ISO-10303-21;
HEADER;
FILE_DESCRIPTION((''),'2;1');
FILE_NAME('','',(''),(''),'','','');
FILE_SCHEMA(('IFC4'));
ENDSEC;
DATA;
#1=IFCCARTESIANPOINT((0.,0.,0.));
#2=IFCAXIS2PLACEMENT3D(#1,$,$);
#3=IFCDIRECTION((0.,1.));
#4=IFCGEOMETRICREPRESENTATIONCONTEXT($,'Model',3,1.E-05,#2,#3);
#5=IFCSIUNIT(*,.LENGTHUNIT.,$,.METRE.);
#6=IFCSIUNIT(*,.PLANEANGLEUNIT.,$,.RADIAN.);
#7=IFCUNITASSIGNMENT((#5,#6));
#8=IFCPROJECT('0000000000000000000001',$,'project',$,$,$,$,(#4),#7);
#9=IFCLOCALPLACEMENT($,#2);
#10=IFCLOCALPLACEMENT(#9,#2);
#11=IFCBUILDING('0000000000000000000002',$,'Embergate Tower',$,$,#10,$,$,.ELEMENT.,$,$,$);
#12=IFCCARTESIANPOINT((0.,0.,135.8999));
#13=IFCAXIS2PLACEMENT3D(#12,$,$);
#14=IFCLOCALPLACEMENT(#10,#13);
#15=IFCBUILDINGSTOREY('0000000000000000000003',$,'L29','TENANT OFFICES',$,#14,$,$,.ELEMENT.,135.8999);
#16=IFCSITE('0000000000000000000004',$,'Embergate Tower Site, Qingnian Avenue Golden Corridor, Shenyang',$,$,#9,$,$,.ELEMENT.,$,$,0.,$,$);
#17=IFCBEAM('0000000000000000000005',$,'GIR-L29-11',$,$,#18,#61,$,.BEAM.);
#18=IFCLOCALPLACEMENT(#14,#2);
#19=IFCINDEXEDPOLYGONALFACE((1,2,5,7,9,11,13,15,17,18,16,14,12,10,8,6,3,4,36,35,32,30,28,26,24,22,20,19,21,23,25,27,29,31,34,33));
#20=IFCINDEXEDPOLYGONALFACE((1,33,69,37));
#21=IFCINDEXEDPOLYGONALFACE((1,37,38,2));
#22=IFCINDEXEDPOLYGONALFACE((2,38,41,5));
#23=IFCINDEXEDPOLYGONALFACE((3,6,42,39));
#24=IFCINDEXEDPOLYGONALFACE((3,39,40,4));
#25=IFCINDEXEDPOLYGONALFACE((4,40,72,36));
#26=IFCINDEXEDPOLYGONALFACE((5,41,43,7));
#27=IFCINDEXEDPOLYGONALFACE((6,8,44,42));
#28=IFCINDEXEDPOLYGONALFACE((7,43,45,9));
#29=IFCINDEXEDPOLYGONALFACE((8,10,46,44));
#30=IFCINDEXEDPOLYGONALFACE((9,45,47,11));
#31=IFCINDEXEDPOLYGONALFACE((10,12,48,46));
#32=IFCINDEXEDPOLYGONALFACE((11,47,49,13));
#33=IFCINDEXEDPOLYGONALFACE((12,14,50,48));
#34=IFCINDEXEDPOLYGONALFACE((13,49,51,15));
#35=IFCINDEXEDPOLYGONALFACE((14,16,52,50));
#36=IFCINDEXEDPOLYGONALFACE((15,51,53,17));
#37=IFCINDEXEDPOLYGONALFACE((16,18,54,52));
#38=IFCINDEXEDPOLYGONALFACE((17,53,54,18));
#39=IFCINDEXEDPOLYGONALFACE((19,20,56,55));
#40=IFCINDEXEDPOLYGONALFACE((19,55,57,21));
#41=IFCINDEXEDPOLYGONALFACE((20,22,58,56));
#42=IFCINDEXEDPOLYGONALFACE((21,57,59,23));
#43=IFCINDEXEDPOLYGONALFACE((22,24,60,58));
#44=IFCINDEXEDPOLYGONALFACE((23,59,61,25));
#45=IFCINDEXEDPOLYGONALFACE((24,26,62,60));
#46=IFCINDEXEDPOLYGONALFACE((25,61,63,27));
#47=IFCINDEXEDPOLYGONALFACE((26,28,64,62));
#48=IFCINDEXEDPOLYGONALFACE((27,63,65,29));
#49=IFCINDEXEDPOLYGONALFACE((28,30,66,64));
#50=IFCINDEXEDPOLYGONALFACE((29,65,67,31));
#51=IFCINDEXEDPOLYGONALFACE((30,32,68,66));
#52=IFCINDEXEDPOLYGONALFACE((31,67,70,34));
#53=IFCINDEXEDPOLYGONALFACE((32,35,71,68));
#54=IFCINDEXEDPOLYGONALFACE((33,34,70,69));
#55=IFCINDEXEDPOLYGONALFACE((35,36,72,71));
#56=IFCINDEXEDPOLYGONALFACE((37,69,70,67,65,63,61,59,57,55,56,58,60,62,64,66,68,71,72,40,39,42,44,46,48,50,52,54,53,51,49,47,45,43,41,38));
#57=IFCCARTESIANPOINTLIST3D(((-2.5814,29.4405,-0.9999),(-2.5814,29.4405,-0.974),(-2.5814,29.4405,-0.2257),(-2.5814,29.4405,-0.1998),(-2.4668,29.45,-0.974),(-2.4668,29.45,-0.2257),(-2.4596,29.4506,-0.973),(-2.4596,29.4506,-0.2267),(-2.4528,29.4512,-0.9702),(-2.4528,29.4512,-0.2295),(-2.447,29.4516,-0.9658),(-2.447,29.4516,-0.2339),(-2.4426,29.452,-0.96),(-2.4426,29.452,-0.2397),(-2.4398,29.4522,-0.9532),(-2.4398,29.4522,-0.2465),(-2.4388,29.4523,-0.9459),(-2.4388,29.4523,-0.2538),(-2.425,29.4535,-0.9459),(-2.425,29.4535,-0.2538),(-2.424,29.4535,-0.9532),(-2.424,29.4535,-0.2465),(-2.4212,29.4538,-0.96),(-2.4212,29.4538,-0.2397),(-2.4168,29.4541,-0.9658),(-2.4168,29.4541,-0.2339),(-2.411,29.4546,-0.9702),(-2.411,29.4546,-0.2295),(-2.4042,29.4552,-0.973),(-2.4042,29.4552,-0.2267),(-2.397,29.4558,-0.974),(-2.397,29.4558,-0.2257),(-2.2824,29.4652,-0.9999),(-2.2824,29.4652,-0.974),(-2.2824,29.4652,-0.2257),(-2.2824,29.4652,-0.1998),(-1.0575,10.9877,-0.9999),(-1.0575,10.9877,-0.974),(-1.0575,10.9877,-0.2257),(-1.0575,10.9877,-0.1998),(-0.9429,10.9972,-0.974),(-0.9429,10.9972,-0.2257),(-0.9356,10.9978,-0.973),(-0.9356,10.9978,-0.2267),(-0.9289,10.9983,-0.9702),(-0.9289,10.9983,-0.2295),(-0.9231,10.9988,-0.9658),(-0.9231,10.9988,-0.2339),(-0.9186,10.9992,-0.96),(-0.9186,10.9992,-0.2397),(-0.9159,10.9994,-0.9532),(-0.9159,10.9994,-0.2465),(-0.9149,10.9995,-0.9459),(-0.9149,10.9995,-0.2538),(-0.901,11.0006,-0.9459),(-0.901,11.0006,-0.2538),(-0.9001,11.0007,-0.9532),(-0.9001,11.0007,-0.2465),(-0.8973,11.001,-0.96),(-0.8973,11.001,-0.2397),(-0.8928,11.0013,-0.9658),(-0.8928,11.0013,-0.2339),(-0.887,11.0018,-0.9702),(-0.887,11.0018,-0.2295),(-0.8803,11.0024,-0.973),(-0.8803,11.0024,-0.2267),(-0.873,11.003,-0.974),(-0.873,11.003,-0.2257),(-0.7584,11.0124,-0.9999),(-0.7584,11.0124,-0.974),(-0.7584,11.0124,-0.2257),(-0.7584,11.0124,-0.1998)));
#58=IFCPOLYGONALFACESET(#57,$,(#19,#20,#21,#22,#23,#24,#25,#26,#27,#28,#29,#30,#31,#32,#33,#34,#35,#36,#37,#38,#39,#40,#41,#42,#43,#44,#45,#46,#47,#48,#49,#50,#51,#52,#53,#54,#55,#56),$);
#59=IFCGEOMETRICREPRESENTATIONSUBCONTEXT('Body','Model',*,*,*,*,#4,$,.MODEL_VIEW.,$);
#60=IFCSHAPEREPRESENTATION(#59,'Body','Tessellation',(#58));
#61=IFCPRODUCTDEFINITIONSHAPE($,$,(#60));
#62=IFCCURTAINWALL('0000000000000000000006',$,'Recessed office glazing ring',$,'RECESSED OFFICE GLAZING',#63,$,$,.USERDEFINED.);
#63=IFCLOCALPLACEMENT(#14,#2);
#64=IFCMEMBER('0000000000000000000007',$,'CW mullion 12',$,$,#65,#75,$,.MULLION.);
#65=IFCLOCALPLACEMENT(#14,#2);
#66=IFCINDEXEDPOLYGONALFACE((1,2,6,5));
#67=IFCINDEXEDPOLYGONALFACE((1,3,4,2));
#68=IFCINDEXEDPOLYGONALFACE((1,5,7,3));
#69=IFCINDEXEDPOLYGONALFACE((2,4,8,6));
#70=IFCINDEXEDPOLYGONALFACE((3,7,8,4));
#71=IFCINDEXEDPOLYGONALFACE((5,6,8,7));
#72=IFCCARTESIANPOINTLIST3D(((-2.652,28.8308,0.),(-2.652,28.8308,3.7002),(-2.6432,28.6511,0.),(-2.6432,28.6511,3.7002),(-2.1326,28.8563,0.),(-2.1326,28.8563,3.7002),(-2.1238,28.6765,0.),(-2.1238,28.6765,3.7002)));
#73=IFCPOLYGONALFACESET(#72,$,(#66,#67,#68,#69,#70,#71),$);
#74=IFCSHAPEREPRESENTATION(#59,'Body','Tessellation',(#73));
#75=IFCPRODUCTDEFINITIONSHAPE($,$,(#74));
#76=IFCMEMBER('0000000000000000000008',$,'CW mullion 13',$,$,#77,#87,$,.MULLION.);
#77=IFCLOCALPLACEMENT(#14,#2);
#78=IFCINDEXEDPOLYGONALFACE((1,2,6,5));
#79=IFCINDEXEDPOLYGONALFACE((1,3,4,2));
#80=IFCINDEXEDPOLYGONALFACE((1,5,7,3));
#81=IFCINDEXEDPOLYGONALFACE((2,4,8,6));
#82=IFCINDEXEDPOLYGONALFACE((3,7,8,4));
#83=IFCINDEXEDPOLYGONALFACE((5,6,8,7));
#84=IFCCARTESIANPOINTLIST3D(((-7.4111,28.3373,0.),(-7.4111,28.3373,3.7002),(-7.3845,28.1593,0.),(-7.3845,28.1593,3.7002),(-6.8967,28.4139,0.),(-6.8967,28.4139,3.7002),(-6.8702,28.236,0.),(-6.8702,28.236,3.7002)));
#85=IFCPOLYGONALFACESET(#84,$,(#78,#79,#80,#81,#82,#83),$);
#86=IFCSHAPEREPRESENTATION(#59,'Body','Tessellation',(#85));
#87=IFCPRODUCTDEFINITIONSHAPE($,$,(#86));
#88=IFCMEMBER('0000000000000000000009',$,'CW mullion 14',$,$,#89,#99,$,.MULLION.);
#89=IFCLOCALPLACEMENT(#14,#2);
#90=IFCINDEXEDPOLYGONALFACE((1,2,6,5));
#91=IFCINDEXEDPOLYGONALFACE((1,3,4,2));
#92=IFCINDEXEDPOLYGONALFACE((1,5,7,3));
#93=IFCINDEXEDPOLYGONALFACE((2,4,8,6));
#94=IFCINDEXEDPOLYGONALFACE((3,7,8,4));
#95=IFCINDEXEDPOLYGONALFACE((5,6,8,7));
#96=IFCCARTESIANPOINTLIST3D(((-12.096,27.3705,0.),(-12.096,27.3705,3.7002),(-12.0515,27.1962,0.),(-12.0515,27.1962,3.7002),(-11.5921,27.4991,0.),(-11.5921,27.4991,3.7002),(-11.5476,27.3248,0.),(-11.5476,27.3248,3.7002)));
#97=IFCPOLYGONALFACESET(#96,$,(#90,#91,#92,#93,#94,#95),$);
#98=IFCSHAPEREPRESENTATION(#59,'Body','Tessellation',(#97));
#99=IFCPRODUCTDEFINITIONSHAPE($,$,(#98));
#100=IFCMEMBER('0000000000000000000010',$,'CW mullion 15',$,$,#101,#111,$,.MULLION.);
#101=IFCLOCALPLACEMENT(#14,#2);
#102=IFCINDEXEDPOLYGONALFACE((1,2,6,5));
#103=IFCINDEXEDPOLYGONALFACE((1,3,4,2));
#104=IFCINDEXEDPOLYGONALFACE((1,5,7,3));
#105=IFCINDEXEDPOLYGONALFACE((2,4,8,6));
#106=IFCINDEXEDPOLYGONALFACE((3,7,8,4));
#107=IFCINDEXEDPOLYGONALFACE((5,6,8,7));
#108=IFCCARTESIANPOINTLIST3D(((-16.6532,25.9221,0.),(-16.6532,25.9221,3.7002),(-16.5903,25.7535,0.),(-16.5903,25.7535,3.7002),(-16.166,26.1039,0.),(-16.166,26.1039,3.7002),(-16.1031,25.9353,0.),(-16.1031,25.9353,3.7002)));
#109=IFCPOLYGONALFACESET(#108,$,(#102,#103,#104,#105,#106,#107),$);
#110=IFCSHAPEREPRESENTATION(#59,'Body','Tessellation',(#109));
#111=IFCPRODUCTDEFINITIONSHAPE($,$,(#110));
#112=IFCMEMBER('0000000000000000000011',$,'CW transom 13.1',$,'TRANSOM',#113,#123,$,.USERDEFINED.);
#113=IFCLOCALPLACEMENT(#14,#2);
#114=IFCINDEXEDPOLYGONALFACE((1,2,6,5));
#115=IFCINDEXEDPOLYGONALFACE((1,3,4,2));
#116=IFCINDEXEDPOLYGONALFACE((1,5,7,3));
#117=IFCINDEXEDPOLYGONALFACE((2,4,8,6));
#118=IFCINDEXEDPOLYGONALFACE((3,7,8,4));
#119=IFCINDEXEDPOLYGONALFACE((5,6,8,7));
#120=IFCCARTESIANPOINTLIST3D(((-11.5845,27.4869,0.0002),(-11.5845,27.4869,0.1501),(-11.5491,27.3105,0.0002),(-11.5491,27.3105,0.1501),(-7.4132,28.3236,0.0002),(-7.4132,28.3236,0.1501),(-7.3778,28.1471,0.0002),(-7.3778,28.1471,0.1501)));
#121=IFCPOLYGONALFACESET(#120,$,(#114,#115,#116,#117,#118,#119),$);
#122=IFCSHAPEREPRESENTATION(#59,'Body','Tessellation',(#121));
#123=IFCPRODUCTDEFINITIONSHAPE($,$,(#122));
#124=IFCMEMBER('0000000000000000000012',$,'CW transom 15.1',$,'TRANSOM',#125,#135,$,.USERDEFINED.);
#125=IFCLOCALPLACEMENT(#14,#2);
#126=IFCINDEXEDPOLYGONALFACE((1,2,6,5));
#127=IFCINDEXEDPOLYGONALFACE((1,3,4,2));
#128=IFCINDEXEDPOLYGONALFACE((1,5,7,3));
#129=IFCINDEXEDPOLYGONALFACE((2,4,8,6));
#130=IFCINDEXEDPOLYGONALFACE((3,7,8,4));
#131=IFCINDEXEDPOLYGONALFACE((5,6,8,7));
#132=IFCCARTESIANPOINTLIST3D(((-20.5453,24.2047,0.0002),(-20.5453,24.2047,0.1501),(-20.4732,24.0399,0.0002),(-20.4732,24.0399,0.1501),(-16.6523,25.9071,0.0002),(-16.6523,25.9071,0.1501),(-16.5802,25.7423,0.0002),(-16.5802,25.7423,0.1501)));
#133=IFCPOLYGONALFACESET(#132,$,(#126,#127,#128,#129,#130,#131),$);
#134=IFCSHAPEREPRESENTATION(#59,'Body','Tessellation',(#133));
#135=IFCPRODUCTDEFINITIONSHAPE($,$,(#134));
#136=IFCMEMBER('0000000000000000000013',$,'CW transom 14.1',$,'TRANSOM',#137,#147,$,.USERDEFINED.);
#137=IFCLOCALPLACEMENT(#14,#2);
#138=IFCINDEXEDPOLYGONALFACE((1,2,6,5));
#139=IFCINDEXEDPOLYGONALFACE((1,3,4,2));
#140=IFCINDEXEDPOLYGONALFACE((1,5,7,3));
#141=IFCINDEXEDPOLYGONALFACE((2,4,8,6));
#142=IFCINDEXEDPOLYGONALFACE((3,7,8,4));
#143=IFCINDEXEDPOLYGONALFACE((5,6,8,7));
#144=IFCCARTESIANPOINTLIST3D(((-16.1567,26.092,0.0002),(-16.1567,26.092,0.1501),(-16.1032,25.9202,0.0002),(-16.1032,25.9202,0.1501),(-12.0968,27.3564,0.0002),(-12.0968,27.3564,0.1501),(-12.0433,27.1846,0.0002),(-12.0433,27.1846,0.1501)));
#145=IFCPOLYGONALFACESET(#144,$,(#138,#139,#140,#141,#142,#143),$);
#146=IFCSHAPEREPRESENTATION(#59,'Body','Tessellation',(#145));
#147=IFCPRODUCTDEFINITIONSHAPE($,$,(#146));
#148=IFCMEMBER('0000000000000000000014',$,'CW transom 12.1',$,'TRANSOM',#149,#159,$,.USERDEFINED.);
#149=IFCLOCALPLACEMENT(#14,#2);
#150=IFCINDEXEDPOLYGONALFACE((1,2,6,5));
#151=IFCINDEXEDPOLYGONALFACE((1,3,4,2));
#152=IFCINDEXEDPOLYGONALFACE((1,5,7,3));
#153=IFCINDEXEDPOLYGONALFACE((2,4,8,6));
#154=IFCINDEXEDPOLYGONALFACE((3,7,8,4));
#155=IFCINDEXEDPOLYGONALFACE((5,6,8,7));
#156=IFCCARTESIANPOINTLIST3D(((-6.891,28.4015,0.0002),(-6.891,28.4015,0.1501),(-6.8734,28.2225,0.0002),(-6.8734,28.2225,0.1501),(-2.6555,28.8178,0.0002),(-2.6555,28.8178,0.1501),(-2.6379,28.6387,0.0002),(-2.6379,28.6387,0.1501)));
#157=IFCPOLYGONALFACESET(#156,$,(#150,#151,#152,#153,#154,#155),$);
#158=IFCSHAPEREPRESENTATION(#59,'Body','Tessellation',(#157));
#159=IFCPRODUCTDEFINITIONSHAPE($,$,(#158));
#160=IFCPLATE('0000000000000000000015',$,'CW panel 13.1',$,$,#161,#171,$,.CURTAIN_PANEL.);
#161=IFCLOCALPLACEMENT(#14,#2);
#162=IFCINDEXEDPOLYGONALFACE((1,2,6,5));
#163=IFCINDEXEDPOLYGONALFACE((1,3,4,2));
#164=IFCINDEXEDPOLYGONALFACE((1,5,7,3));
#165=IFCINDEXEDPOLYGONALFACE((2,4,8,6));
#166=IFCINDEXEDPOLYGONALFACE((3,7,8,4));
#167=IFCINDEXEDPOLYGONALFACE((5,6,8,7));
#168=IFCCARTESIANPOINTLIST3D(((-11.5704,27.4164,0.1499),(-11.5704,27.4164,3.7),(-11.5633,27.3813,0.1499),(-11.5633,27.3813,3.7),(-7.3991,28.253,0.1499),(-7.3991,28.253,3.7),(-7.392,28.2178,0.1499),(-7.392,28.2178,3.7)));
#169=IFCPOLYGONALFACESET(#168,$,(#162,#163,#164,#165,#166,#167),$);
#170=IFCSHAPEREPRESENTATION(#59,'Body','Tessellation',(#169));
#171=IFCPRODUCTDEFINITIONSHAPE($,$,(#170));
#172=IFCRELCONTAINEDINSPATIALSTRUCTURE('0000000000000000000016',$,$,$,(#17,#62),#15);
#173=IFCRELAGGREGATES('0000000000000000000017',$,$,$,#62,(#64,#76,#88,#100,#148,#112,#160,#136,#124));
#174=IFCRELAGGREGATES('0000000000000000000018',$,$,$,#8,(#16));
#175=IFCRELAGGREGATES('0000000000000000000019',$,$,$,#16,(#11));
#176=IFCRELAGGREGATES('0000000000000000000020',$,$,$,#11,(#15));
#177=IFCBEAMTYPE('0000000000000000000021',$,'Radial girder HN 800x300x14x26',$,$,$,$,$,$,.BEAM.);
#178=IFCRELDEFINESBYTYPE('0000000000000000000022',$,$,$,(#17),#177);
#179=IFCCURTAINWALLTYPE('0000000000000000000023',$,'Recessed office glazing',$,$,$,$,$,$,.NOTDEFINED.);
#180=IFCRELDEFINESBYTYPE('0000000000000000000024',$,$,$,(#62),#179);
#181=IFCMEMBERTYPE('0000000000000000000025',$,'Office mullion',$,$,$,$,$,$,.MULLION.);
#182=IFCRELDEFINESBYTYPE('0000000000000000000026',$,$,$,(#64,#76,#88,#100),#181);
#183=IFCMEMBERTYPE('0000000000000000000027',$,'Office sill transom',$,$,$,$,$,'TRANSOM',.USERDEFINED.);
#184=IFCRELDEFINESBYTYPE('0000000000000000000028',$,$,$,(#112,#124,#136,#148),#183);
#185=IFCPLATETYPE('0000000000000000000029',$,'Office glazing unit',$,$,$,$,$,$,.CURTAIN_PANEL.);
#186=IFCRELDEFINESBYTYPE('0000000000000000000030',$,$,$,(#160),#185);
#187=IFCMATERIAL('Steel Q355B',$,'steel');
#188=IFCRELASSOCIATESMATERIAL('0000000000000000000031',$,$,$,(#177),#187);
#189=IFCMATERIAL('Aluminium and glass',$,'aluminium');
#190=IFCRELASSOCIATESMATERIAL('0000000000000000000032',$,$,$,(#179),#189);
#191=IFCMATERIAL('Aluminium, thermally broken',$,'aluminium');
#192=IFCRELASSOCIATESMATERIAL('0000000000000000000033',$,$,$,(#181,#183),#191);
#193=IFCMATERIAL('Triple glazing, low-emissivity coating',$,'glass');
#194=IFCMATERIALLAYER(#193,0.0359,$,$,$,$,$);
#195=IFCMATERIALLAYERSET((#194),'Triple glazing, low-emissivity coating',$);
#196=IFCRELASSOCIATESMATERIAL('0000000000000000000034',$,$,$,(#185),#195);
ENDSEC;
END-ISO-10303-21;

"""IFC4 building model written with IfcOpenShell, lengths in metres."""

from ifc_helpers import new_model, si_unit, direction, frame, origin, origin_2d, place, context, subcontext, project, spatial, rectangle, i_section, extrude, source, transform, mapped, material, layer, layer_set, material_profile, profile_set, type_object, element, aggregate, save


model = new_model("IFC4")

# Units and contexts
model_context = context("Model", 3, precision=1e-05, world=origin(), true_north=direction((0.0, 1.0)))
body_context = subcontext(model_context, "Body", "Model", "MODEL_VIEW")
ifc_project = project(units=[si_unit("LENGTHUNIT", "METRE"), si_unit("PLANEANGLEUNIT", "RADIAN")], contexts=[model_context])

# Site, building, storey
site_placement = place(None, origin())
site = spatial("IfcSite", under=ifc_project, at=site_placement, Name="Embergate Tower Site, Qingnian Avenue Golden Corridor, Shenyang", CompositionType="ELEMENT", RefElevation=0.0)
building_placement = place(site_placement, origin())
building = spatial("IfcBuilding", under=site, at=building_placement, Name="Embergate Tower", CompositionType="ELEMENT")
storey_placement = place(building_placement, frame((0.0, 0.0, 135.8999)))
storey = spatial("IfcBuildingStorey", under=building, at=storey_placement, Name="L29", Description="TENANT OFFICES", CompositionType="ELEMENT", Elevation=135.8999)

# Beam
ifc_material_1 = material(Name="Steel Q355B", Category="steel")
ifc_material_profile_1 = material_profile(ifc_material_1, i_section(OverallWidth=0.3, OverallDepth=0.8, WebThickness=0.0139, FlangeThickness=0.0259, FilletRadius=0.0281, at=origin_2d()), Name="HN 800x300x14x26")
ifc_profile_set_1 = profile_set([ifc_material_profile_1], Name="Steel Q355 grade B")
beam_type_1 = type_object("IfcBeamType", Name="Radial girder HN 800x300x14x26", PredefinedType="BEAM", material=ifc_profile_set_1)
shared_shape_1 = source(origin(), body_context, "Body", "SweptSolid", [
    extrude(i_section(OverallWidth=0.3, OverallDepth=0.8, WebThickness=0.0139, FlangeThickness=0.0259, FilletRadius=0.0281, at=origin_2d()), origin(), (0.0, 0.0, 1.0), 18.5156),
])
beam_1_placement = place(storey_placement, frame((-2.4319, 29.4529, -0.5999), z_axis=(0.082305, -0.996607, 0.0), x_axis=(0.996607, 0.082305, 0.0)))
element("IfcBeam", 1, at=beam_1_placement, inside=storey, type_object=beam_type_1, Name="GIR-L29-11", PredefinedType="BEAM", context=body_context, shape_type="MappedRepresentation", body=[
    mapped(shared_shape_1, transform((0.0, 0.0, 0.0))),
])

# Curtain wall, members, plate
ifc_material_2 = material(Name="Aluminium and glass", Category="aluminium")
curtain_wall_type = type_object("IfcCurtainWallType", Name="Recessed office glazing", PredefinedType="NOTDEFINED", material=ifc_material_2)
curtain_wall_placement = place(storey_placement, origin())
curtain_wall = element("IfcCurtainWall", 2, at=curtain_wall_placement, inside=storey, type_object=curtain_wall_type, Name="Recessed office glazing ring", ObjectType="RECESSED OFFICE GLAZING", PredefinedType="USERDEFINED")
ifc_material_3 = material(Name="Aluminium, thermally broken", Category="aluminium")
ifc_material_profile_2 = material_profile(ifc_material_3, rectangle(XDim=0.1799, YDim=0.52, at=origin_2d()), Name="AL 520x180")
ifc_profile_set_2 = profile_set([ifc_material_profile_2], Name="Aluminium, thermally broken")
member_type_1 = type_object("IfcMemberType", Name="Office mullion", PredefinedType="MULLION", material=ifc_profile_set_2)
shared_shape_2 = source(origin(), body_context, "Body", "SweptSolid", [
    extrude(rectangle(XDim=0.1799, YDim=0.52, at=origin_2d()), origin(), (0.0, 0.0, 1.0), 3.7002),
])
member_1_placement = place(storey_placement, frame((-2.3879, 28.7537, 0.0), z_axis=(0.0, 0.0, 1.0), x_axis=(0.048972, -0.9988, 0.0)))
member_1 = element("IfcMember", 3, at=member_1_placement, type_object=member_type_1, Name="CW mullion 12", PredefinedType="MULLION", context=body_context, shape_type="MappedRepresentation", body=[
    mapped(shared_shape_2, transform((0.0, 0.0, 0.0))),
])
member_2_placement = place(storey_placement, frame((-7.1406, 28.2866, 0.0), z_axis=(0.0, 0.0, 1.0), x_axis=(0.147411, -0.989075, 0.0)))
member_2 = element("IfcMember", 4, at=member_2_placement, type_object=member_type_1, Name="CW mullion 13", PredefinedType="MULLION", context=body_context, shape_type="MappedRepresentation", body=[
    mapped(shared_shape_2, transform((0.0, 0.0, 0.0))),
])
member_3_placement = place(storey_placement, frame((-11.8218, 27.3477, 0.0), z_axis=(0.0, 0.0, 1.0), x_axis=(0.24731, -0.968936, 0.0)))
member_3 = element("IfcMember", 5, at=member_3_placement, type_object=member_type_1, Name="CW mullion 14", PredefinedType="MULLION", context=body_context, shape_type="MappedRepresentation", body=[
    mapped(shared_shape_2, transform((0.0, 0.0, 0.0))),
])
member_4_placement = place(storey_placement, frame((-16.3782, 25.9287, 0.0), z_axis=(0.0, 0.0, 1.0), x_axis=(0.349501, -0.936936, 0.0)))
member_4 = element("IfcMember", 6, at=member_4_placement, type_object=member_type_1, Name="CW mullion 15", PredefinedType="MULLION", context=body_context, shape_type="MappedRepresentation", body=[
    mapped(shared_shape_2, transform((0.0, 0.0, 0.0))),
])
ifc_material_profile_3 = material_profile(ifc_material_3, rectangle(XDim=0.1799, YDim=0.1499, at=origin_2d()), Name="AL 150x180")
ifc_profile_set_3 = profile_set([ifc_material_profile_3], Name="Aluminium, thermally broken")
member_type_2 = type_object("IfcMemberType", Name="Office sill transom", ElementType="TRANSOM", PredefinedType="USERDEFINED", material=ifc_profile_set_3)
shared_shape_3 = source(origin(), body_context, "Body", "SweptSolid", [
    extrude(rectangle(XDim=0.1799, YDim=0.1499, at=origin_2d()), origin(), (0.0, 0.0, 1.0), 4.2544),
])
member_5_placement = place(storey_placement, frame((-7.3955, 28.2354, 0.0752), z_axis=(-0.980472, -0.196657, 0.0), x_axis=(0.196657, -0.980472, 0.0)))
member_5 = element("IfcMember", 7, at=member_5_placement, type_object=member_type_2, Name="CW transom 13.1", ObjectType="TRANSOM", PredefinedType="USERDEFINED", context=body_context, shape_type="MappedRepresentation", body=[
    mapped(shared_shape_3, transform((0.0, 0.0, 0.0))),
])
shared_shape_4 = source(origin(), body_context, "Body", "SweptSolid", [
    extrude(rectangle(XDim=0.1799, YDim=0.1499, at=origin_2d()), origin(), (0.0, 0.0, 1.0), 4.249),
])
member_6_placement = place(storey_placement, frame((-16.6162, 25.8247, 0.0752), z_axis=(-0.916229, -0.400656, 0.0), x_axis=(0.400656, -0.916229, 0.0)))
member_6 = element("IfcMember", 8, at=member_6_placement, type_object=member_type_2, Name="CW transom 15.1", ObjectType="TRANSOM", PredefinedType="USERDEFINED", context=body_context, shape_type="MappedRepresentation", body=[
    mapped(shared_shape_4, transform((0.0, 0.0, 0.0))),
])
shared_shape_5 = source(origin(), body_context, "Body", "SweptSolid", [
    extrude(rectangle(XDim=0.1799, YDim=0.1499, at=origin_2d()), origin(), (0.0, 0.0, 1.0), 4.2522),
])
member_7_placement = place(storey_placement, frame((-12.0701, 27.2705, 0.0752), z_axis=(-0.954767, -0.297356, 0.0), x_axis=(0.297356, -0.954767, 0.0)))
member_7 = element("IfcMember", 9, at=member_7_placement, type_object=member_type_2, Name="CW transom 14.1", ObjectType="TRANSOM", PredefinedType="USERDEFINED", context=body_context, shape_type="MappedRepresentation", body=[
    mapped(shared_shape_5, transform((0.0, 0.0, 0.0))),
])
shared_shape_6 = source(origin(), body_context, "Body", "SweptSolid", [
    extrude(rectangle(XDim=0.1799, YDim=0.1499, at=origin_2d()), origin(), (0.0, 0.0, 1.0), 4.2559),
])
member_8_placement = place(storey_placement, frame((-2.6467, 28.7283, 0.0752), z_axis=(-0.995205, -0.097811, 0.0), x_axis=(0.097811, -0.995205, 0.0)))
member_8 = element("IfcMember", 10, at=member_8_placement, type_object=member_type_2, Name="CW transom 12.1", ObjectType="TRANSOM", PredefinedType="USERDEFINED", context=body_context, shape_type="MappedRepresentation", body=[
    mapped(shared_shape_6, transform((0.0, 0.0, 0.0))),
])
ifc_material_4 = material(Name="Triple glazing, low-emissivity coating", Category="glass")
ifc_layer_1 = layer(ifc_material_4, 0.0359)
ifc_layer_set_1 = layer_set([ifc_layer_1], Name="Triple glazing, low-emissivity coating")
plate_type = type_object("IfcPlateType", Name="Office glazing unit", PredefinedType="CURTAIN_PANEL", material=ifc_layer_set_1)
shared_shape_7 = source(origin(), body_context, "Body", "SweptSolid", [
    extrude(rectangle(XDim=4.2544, YDim=0.0359, at=origin_2d()), origin(), (0.0, 0.0, 1.0), 3.55),
])
plate_1_placement = place(storey_placement, frame((-9.4812, 27.8171, 0.1499), z_axis=(0.0, 0.0, 1.0), x_axis=(-0.980476, -0.196638, 0.0)))
plate_1 = element("IfcPlate", 11, at=plate_1_placement, type_object=plate_type, Name="CW panel 13.1", PredefinedType="CURTAIN_PANEL", context=body_context, shape_type="MappedRepresentation", body=[
    mapped(shared_shape_7, transform((0.0, 0.0, 0.0))),
])
aggregate(curtain_wall, [member_1, member_2, member_3, member_4, member_8, member_5, plate_1, member_7, member_6])

save(model, "model.ifc")
